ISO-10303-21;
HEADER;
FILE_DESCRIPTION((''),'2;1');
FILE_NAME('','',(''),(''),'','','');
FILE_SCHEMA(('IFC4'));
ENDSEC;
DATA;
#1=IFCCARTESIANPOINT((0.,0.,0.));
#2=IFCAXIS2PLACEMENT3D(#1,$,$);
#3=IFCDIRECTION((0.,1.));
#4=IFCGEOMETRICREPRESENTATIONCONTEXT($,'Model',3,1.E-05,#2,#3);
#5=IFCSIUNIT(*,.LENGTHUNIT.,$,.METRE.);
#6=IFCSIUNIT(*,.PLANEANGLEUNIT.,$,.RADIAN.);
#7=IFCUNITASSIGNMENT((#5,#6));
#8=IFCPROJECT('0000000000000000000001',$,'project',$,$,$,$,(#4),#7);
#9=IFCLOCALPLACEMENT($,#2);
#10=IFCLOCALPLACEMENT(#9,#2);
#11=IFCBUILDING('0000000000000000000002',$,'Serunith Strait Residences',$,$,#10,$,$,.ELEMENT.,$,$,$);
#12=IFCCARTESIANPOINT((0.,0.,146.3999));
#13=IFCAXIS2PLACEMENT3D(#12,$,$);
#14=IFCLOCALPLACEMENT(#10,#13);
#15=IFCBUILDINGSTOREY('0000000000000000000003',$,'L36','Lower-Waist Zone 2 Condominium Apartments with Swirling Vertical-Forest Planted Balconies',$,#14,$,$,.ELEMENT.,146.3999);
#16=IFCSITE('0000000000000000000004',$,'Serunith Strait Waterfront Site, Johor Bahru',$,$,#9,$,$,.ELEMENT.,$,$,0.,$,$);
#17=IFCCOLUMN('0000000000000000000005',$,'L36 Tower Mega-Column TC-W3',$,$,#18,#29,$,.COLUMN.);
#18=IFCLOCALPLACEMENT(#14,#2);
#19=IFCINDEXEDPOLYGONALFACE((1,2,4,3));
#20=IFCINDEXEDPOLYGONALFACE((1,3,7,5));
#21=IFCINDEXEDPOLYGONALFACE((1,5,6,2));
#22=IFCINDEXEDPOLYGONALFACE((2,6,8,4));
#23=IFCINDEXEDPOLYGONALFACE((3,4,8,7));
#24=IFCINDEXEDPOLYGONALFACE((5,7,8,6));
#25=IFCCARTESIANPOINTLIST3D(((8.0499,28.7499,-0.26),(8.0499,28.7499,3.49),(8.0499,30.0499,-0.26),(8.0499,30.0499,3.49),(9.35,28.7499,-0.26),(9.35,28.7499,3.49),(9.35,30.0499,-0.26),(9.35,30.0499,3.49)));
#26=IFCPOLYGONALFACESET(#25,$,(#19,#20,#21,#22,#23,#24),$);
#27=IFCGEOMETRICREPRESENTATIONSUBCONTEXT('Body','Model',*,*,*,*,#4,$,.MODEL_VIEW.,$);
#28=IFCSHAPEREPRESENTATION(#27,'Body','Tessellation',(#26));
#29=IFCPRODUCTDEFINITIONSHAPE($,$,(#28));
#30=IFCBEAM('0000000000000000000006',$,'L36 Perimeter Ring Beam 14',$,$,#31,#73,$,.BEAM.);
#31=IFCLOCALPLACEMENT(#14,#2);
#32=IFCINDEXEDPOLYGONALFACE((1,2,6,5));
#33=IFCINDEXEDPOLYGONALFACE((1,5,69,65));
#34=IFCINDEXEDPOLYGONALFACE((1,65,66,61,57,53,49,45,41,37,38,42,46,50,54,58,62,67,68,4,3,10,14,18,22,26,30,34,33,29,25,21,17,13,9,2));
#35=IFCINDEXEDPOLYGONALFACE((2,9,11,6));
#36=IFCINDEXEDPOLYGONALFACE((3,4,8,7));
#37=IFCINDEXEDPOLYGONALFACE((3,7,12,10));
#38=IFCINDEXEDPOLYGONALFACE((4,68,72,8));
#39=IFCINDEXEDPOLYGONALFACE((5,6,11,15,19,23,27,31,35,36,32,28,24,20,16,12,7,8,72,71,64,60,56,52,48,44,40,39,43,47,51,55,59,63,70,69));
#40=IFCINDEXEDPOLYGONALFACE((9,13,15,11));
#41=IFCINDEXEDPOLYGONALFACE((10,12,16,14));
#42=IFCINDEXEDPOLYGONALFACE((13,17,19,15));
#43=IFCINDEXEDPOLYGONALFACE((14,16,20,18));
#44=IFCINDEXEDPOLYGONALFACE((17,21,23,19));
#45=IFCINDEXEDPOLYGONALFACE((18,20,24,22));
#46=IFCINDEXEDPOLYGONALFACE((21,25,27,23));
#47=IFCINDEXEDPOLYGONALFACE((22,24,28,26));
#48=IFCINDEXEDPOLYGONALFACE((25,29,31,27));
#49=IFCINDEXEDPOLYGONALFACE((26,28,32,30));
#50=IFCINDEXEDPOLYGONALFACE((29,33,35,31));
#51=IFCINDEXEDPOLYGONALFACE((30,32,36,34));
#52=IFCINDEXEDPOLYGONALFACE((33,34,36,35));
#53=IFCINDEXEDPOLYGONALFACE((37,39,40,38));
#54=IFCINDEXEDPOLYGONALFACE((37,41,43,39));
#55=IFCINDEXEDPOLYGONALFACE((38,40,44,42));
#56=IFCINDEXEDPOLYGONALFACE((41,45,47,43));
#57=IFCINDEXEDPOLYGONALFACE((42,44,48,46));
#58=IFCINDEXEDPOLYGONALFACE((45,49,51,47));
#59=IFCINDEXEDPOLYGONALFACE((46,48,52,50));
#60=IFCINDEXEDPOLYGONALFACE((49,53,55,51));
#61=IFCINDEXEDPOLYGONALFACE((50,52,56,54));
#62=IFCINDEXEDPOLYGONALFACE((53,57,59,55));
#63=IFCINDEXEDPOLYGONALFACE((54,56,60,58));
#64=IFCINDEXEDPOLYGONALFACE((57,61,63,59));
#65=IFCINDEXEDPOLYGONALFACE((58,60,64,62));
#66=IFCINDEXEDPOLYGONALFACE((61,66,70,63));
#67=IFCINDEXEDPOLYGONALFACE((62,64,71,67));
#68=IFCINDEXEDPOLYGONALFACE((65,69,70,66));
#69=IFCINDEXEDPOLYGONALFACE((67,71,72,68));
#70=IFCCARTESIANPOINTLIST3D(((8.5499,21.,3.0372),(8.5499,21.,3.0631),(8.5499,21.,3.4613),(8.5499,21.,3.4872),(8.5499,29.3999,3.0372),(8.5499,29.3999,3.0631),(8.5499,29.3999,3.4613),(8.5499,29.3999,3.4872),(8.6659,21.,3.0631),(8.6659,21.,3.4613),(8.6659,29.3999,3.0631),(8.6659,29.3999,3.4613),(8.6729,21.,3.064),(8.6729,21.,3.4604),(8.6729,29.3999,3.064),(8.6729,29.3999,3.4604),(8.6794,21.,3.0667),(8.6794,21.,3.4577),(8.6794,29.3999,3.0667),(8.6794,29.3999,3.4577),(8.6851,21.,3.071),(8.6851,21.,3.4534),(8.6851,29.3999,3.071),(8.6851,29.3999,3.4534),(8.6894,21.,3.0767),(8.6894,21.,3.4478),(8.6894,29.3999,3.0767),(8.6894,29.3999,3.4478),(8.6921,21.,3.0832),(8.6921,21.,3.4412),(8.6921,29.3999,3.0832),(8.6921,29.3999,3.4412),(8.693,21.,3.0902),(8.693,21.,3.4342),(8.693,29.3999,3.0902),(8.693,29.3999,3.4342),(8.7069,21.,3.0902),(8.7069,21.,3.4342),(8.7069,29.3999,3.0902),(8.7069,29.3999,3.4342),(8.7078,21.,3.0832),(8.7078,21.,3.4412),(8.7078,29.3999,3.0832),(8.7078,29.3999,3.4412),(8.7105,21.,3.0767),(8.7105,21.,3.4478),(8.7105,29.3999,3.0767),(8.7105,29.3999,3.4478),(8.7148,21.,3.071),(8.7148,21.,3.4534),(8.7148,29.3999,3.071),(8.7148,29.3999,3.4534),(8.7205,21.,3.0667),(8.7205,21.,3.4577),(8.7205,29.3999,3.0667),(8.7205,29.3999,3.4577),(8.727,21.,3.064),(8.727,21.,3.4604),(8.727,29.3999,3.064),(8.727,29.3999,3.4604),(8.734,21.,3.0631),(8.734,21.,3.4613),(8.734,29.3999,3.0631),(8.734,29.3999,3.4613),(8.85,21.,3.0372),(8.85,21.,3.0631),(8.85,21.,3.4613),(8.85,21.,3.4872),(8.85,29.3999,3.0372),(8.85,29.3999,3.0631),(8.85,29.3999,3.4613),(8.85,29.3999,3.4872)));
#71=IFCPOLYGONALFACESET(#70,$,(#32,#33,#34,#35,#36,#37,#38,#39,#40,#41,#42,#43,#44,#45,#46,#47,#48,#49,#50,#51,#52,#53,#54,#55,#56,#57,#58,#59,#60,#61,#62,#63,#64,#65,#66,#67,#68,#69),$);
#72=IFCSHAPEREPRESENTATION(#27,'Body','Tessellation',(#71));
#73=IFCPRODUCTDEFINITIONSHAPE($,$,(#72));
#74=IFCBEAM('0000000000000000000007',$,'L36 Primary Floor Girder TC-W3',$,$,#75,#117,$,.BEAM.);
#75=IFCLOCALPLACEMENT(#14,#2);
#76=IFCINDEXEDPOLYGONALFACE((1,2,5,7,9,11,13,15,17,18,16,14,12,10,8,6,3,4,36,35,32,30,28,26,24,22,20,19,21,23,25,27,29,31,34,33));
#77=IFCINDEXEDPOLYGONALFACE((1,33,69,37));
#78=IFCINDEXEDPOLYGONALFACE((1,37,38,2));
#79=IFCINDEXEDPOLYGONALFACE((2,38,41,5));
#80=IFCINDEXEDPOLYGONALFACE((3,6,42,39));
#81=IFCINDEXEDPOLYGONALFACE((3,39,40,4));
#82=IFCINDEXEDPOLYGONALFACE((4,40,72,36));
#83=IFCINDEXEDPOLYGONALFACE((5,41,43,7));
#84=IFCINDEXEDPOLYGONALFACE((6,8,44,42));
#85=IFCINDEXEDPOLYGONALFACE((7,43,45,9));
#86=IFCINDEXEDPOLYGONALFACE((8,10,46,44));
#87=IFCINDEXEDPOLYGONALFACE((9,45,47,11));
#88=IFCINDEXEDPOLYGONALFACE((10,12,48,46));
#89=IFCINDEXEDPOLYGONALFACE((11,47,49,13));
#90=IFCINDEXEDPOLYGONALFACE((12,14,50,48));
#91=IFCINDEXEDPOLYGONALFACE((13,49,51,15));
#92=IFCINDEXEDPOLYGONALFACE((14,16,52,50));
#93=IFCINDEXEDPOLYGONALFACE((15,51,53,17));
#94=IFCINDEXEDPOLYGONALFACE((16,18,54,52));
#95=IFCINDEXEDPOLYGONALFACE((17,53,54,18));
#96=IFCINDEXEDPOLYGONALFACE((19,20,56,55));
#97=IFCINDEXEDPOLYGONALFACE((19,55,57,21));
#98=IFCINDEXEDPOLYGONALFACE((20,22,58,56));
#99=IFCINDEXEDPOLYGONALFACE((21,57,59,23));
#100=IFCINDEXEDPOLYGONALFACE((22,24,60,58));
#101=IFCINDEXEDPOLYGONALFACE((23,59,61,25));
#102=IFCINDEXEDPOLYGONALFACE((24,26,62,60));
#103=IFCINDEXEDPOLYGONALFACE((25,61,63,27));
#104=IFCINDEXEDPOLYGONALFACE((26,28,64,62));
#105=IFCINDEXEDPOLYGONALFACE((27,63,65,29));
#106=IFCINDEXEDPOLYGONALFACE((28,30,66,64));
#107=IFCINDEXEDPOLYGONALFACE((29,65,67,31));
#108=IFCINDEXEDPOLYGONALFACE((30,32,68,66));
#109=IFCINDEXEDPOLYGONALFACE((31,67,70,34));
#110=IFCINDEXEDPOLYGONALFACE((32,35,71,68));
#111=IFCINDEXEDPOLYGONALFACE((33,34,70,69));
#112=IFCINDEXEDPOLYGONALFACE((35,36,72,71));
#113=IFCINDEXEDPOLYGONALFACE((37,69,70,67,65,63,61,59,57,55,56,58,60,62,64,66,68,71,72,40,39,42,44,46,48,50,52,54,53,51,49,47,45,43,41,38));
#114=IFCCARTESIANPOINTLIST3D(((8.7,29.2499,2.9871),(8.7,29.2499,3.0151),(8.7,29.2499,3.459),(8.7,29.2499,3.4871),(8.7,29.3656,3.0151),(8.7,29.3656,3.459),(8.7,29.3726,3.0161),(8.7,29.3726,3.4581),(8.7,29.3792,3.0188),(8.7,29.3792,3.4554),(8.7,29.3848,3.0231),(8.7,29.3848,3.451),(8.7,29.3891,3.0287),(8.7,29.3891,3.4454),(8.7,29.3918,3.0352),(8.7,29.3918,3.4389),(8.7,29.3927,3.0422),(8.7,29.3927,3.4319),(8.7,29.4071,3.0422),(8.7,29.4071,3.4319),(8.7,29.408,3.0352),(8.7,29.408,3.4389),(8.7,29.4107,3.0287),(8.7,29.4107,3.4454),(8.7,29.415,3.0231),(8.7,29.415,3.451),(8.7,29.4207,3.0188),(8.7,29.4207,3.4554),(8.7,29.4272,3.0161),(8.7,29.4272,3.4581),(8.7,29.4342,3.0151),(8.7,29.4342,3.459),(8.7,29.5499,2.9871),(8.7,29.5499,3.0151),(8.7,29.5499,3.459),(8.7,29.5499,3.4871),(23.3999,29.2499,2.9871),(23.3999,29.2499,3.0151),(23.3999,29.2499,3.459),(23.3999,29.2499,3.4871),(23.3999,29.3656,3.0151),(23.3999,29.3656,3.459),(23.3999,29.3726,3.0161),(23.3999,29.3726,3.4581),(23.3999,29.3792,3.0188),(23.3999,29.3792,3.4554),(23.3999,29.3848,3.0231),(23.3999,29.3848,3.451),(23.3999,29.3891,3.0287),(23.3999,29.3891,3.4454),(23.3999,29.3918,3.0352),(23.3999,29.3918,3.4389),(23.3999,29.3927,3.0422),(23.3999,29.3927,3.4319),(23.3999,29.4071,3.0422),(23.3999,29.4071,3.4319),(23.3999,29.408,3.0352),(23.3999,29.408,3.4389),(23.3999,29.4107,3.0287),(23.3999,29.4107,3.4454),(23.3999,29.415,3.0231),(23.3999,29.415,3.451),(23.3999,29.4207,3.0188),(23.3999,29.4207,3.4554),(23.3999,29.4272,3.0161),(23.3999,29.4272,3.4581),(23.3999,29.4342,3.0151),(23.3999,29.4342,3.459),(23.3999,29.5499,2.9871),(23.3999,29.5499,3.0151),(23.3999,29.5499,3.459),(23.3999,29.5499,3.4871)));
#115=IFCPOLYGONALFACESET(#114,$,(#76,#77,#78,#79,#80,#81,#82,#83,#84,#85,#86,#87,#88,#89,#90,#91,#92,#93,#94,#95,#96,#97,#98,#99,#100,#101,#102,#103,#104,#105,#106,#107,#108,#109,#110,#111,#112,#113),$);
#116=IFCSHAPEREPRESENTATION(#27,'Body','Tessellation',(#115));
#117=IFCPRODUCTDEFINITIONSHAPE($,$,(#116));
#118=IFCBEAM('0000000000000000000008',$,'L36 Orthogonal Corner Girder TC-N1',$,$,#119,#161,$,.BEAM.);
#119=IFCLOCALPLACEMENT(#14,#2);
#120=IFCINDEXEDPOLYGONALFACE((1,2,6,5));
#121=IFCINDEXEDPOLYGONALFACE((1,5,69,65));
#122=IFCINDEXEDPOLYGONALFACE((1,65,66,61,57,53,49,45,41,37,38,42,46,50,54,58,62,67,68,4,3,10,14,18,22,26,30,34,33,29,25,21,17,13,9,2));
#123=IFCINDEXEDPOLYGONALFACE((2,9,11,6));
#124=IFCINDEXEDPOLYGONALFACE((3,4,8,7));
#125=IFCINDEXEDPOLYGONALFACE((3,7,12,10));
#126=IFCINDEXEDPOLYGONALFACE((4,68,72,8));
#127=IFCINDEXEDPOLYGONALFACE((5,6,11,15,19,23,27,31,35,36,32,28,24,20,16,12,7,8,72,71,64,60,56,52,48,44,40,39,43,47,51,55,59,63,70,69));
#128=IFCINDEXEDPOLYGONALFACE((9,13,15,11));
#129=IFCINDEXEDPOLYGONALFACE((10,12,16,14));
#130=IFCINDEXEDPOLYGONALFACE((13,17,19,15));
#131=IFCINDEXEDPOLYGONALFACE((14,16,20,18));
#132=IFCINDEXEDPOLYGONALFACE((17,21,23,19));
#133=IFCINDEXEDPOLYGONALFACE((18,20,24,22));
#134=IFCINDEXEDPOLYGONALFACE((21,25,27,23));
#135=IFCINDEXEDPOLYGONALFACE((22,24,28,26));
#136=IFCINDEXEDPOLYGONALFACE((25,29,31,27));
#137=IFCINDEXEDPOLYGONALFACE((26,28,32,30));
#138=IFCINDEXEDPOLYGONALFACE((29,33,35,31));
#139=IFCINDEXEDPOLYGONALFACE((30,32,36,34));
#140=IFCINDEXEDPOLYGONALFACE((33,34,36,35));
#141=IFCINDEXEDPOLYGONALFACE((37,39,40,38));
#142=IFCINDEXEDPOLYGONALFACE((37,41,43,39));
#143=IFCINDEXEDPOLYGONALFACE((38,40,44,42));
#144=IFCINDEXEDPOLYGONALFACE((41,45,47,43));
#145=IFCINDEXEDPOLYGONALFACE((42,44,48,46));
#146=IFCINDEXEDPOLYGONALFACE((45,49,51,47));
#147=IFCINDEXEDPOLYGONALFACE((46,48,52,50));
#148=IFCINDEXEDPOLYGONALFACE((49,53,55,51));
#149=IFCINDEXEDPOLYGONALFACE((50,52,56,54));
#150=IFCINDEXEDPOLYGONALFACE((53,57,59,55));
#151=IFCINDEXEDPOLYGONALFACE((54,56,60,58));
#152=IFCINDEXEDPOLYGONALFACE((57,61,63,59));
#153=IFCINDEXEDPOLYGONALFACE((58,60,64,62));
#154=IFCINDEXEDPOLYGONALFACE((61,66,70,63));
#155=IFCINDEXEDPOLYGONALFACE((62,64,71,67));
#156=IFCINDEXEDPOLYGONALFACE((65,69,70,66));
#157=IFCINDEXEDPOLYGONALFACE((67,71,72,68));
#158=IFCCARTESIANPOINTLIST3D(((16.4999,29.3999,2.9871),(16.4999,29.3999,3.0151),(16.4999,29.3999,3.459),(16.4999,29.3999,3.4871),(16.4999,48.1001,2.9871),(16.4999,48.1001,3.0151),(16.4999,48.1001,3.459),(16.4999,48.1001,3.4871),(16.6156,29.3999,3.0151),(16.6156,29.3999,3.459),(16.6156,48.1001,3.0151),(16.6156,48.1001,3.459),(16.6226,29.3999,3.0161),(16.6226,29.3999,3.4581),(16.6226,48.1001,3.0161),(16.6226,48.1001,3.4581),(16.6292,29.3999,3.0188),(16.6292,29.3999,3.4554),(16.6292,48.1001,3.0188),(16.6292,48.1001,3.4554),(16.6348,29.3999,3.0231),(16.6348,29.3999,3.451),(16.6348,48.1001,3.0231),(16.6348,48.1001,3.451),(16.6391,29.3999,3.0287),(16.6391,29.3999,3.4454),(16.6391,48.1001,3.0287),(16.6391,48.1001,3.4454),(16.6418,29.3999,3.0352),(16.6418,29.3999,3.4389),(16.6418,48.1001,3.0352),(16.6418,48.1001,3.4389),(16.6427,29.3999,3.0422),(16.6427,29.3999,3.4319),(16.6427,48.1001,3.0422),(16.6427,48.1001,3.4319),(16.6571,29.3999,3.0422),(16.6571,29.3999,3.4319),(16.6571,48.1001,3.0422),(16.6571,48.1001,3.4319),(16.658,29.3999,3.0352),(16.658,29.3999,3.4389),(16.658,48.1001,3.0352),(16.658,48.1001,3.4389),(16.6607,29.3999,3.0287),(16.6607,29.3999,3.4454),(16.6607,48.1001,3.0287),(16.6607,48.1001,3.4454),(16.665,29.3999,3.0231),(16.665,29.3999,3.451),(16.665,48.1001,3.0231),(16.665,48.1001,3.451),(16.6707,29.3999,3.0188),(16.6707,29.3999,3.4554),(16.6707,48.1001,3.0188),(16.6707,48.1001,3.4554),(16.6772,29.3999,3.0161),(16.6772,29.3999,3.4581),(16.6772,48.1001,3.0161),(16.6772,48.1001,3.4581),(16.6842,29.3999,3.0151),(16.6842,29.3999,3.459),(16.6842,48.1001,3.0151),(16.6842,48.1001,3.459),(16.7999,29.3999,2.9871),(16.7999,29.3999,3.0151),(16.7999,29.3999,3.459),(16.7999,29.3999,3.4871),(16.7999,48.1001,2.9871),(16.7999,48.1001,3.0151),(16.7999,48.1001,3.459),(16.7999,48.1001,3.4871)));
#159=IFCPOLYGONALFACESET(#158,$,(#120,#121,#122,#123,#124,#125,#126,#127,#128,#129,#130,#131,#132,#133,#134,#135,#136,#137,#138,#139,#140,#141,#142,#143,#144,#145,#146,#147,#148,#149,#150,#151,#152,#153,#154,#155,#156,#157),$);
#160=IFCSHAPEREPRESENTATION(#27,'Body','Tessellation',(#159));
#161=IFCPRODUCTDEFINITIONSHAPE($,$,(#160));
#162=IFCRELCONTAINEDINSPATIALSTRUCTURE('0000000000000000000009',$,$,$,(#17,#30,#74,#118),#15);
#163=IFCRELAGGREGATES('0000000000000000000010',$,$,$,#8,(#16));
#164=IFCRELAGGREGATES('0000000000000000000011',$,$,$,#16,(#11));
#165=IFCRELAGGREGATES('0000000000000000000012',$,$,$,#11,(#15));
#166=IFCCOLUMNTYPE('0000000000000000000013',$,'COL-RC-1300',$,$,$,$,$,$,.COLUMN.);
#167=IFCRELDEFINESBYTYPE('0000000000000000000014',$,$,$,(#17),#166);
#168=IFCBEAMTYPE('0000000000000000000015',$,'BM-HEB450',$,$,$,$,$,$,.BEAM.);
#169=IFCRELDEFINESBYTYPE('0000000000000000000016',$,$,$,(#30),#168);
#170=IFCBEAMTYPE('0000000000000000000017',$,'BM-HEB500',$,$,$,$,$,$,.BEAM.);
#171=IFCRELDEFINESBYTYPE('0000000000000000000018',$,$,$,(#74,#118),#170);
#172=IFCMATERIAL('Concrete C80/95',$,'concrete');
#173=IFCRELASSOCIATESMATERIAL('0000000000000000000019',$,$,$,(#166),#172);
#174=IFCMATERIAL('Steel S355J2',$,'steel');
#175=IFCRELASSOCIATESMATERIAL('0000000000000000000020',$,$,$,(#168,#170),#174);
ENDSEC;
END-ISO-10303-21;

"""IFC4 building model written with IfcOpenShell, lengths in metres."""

from ifc_helpers import new_model, si_unit, direction, frame, origin, origin_2d, place, context, subcontext, project, spatial, rectangle, i_section, extrude, source, transform, mapped, material, material_profile, profile_set, type_object, element, save


model = new_model("IFC4")

# Units and contexts
model_context = context("Model", 3, precision=1e-05, world=origin(), true_north=direction((0.0, 1.0)))
body_context = subcontext(model_context, "Body", "Model", "MODEL_VIEW")
ifc_project = project(units=[si_unit("LENGTHUNIT", "METRE"), si_unit("PLANEANGLEUNIT", "RADIAN")], contexts=[model_context])

# Site, building, storey
site_placement = place(None, origin())
site = spatial("IfcSite", under=ifc_project, at=site_placement, Name="Serunith Strait Waterfront Site, Johor Bahru", CompositionType="ELEMENT", RefElevation=0.0)
building_placement = place(site_placement, origin())
building = spatial("IfcBuilding", under=site, at=building_placement, Name="Serunith Strait Residences", CompositionType="ELEMENT")
storey_placement = place(building_placement, frame((0.0, 0.0, 146.3999)))
storey = spatial("IfcBuildingStorey", under=building, at=storey_placement, Name="L36", Description="Lower-Waist Zone 2 Condominium Apartments with Swirling Vertical-Forest Planted Balconies", CompositionType="ELEMENT", Elevation=146.3999)

# Column
ifc_material_1 = material(Name="Concrete C80/95", Category="concrete")
ifc_material_profile_1 = material_profile(ifc_material_1, rectangle(XDim=1.3, YDim=1.3, at=origin_2d()), Name="RC 1300x1300")
ifc_profile_set_1 = profile_set([ifc_material_profile_1], Name="Concrete C80/95")
column_type = type_object("IfcColumnType", Name="COL-RC-1300", PredefinedType="COLUMN", material=ifc_profile_set_1)
shared_shape_1 = source(origin(), body_context, "Body", "SweptSolid", [
    extrude(rectangle(XDim=1.3, YDim=1.3, at=origin_2d()), origin(), (0.0, 0.0, 1.0), 3.75),
])
column_placement = place(storey_placement, frame((8.7, 29.3999, -0.26), z_axis=(0.0, 0.0, 1.0), x_axis=(1.0, 0.0, 0.0)))
element("IfcColumn", 1, at=column_placement, inside=storey, type_object=column_type, Name="L36 Tower Mega-Column TC-W3", PredefinedType="COLUMN", context=body_context, shape_type="MappedRepresentation", body=[
    mapped(shared_shape_1, transform((0.0, 0.0, 0.0), scale=1.0)),
])

# Beams
ifc_material_2 = material(Name="Steel S355J2", Category="steel")
ifc_material_profile_2 = material_profile(ifc_material_2, i_section(OverallWidth=0.3, OverallDepth=0.45, WebThickness=0.0139, FlangeThickness=0.0259, FilletRadius=0.0271, at=origin_2d()), Name="HEB 450")
ifc_profile_set_2 = profile_set([ifc_material_profile_2], Name="Steel S355J2")
beam_type_1 = type_object("IfcBeamType", Name="BM-HEB450", PredefinedType="BEAM", material=ifc_profile_set_2)
shared_shape_2 = source(origin(), body_context, "Body", "SweptSolid", [
    extrude(i_section(OverallWidth=0.3, OverallDepth=0.45, WebThickness=0.0139, FlangeThickness=0.0259, FilletRadius=0.0271, at=origin_2d()), origin(), (0.0, 0.0, 1.0), 8.3999),
])
beam_1_placement = place(storey_placement, frame((8.7, 29.3999, 3.2622), z_axis=(0.0, -1.0, 0.0), x_axis=(1.0, 0.0, 0.0)))
element("IfcBeam", 2, at=beam_1_placement, inside=storey, type_object=beam_type_1, Name="L36 Perimeter Ring Beam 14", PredefinedType="BEAM", context=body_context, shape_type="MappedRepresentation", body=[
    mapped(shared_shape_2, transform((0.0, 0.0, 0.0), scale=1.0)),
])
ifc_material_profile_3 = material_profile(ifc_material_2, i_section(OverallWidth=0.3, OverallDepth=0.5, WebThickness=0.0144, FlangeThickness=0.0281, FilletRadius=0.0271, at=origin_2d()), Name="HEB 500")
ifc_profile_set_3 = profile_set([ifc_material_profile_3], Name="Steel S355J2")
beam_type_2 = type_object("IfcBeamType", Name="BM-HEB500", PredefinedType="BEAM", material=ifc_profile_set_3)
shared_shape_3 = source(origin(), body_context, "Body", "SweptSolid", [
    extrude(i_section(OverallWidth=0.3, OverallDepth=0.5, WebThickness=0.0144, FlangeThickness=0.0281, FilletRadius=0.0271, at=origin_2d()), origin(), (0.0, 0.0, 1.0), 14.7),
])
beam_2_placement = place(storey_placement, frame((23.3999, 29.3999, 3.2371), z_axis=(-1.0, 0.0, 0.0), x_axis=(0.0, -1.0, 0.0)))
element("IfcBeam", 3, at=beam_2_placement, inside=storey, type_object=beam_type_2, Name="L36 Primary Floor Girder TC-W3", PredefinedType="BEAM", context=body_context, shape_type="MappedRepresentation", body=[
    mapped(shared_shape_3, transform((0.0, 0.0, 0.0), scale=1.0)),
])
shared_shape_4 = source(origin(), body_context, "Body", "SweptSolid", [
    extrude(i_section(OverallWidth=0.3, OverallDepth=0.5, WebThickness=0.0144, FlangeThickness=0.0281, FilletRadius=0.0271, at=origin_2d()), origin(), (0.0, 0.0, 1.0), 18.7002),
])
beam_3_placement = place(storey_placement, frame((16.6499, 29.3999, 3.2371), z_axis=(0.0, 1.0, 0.0), x_axis=(-1.0, 0.0, 0.0)))
element("IfcBeam", 4, at=beam_3_placement, inside=storey, type_object=beam_type_2, Name="L36 Orthogonal Corner Girder TC-N1", PredefinedType="BEAM", context=body_context, shape_type="MappedRepresentation", body=[
    mapped(shared_shape_4, transform((0.0, 0.0, 0.0), scale=1.0)),
])

save(model, "model.ifc")
